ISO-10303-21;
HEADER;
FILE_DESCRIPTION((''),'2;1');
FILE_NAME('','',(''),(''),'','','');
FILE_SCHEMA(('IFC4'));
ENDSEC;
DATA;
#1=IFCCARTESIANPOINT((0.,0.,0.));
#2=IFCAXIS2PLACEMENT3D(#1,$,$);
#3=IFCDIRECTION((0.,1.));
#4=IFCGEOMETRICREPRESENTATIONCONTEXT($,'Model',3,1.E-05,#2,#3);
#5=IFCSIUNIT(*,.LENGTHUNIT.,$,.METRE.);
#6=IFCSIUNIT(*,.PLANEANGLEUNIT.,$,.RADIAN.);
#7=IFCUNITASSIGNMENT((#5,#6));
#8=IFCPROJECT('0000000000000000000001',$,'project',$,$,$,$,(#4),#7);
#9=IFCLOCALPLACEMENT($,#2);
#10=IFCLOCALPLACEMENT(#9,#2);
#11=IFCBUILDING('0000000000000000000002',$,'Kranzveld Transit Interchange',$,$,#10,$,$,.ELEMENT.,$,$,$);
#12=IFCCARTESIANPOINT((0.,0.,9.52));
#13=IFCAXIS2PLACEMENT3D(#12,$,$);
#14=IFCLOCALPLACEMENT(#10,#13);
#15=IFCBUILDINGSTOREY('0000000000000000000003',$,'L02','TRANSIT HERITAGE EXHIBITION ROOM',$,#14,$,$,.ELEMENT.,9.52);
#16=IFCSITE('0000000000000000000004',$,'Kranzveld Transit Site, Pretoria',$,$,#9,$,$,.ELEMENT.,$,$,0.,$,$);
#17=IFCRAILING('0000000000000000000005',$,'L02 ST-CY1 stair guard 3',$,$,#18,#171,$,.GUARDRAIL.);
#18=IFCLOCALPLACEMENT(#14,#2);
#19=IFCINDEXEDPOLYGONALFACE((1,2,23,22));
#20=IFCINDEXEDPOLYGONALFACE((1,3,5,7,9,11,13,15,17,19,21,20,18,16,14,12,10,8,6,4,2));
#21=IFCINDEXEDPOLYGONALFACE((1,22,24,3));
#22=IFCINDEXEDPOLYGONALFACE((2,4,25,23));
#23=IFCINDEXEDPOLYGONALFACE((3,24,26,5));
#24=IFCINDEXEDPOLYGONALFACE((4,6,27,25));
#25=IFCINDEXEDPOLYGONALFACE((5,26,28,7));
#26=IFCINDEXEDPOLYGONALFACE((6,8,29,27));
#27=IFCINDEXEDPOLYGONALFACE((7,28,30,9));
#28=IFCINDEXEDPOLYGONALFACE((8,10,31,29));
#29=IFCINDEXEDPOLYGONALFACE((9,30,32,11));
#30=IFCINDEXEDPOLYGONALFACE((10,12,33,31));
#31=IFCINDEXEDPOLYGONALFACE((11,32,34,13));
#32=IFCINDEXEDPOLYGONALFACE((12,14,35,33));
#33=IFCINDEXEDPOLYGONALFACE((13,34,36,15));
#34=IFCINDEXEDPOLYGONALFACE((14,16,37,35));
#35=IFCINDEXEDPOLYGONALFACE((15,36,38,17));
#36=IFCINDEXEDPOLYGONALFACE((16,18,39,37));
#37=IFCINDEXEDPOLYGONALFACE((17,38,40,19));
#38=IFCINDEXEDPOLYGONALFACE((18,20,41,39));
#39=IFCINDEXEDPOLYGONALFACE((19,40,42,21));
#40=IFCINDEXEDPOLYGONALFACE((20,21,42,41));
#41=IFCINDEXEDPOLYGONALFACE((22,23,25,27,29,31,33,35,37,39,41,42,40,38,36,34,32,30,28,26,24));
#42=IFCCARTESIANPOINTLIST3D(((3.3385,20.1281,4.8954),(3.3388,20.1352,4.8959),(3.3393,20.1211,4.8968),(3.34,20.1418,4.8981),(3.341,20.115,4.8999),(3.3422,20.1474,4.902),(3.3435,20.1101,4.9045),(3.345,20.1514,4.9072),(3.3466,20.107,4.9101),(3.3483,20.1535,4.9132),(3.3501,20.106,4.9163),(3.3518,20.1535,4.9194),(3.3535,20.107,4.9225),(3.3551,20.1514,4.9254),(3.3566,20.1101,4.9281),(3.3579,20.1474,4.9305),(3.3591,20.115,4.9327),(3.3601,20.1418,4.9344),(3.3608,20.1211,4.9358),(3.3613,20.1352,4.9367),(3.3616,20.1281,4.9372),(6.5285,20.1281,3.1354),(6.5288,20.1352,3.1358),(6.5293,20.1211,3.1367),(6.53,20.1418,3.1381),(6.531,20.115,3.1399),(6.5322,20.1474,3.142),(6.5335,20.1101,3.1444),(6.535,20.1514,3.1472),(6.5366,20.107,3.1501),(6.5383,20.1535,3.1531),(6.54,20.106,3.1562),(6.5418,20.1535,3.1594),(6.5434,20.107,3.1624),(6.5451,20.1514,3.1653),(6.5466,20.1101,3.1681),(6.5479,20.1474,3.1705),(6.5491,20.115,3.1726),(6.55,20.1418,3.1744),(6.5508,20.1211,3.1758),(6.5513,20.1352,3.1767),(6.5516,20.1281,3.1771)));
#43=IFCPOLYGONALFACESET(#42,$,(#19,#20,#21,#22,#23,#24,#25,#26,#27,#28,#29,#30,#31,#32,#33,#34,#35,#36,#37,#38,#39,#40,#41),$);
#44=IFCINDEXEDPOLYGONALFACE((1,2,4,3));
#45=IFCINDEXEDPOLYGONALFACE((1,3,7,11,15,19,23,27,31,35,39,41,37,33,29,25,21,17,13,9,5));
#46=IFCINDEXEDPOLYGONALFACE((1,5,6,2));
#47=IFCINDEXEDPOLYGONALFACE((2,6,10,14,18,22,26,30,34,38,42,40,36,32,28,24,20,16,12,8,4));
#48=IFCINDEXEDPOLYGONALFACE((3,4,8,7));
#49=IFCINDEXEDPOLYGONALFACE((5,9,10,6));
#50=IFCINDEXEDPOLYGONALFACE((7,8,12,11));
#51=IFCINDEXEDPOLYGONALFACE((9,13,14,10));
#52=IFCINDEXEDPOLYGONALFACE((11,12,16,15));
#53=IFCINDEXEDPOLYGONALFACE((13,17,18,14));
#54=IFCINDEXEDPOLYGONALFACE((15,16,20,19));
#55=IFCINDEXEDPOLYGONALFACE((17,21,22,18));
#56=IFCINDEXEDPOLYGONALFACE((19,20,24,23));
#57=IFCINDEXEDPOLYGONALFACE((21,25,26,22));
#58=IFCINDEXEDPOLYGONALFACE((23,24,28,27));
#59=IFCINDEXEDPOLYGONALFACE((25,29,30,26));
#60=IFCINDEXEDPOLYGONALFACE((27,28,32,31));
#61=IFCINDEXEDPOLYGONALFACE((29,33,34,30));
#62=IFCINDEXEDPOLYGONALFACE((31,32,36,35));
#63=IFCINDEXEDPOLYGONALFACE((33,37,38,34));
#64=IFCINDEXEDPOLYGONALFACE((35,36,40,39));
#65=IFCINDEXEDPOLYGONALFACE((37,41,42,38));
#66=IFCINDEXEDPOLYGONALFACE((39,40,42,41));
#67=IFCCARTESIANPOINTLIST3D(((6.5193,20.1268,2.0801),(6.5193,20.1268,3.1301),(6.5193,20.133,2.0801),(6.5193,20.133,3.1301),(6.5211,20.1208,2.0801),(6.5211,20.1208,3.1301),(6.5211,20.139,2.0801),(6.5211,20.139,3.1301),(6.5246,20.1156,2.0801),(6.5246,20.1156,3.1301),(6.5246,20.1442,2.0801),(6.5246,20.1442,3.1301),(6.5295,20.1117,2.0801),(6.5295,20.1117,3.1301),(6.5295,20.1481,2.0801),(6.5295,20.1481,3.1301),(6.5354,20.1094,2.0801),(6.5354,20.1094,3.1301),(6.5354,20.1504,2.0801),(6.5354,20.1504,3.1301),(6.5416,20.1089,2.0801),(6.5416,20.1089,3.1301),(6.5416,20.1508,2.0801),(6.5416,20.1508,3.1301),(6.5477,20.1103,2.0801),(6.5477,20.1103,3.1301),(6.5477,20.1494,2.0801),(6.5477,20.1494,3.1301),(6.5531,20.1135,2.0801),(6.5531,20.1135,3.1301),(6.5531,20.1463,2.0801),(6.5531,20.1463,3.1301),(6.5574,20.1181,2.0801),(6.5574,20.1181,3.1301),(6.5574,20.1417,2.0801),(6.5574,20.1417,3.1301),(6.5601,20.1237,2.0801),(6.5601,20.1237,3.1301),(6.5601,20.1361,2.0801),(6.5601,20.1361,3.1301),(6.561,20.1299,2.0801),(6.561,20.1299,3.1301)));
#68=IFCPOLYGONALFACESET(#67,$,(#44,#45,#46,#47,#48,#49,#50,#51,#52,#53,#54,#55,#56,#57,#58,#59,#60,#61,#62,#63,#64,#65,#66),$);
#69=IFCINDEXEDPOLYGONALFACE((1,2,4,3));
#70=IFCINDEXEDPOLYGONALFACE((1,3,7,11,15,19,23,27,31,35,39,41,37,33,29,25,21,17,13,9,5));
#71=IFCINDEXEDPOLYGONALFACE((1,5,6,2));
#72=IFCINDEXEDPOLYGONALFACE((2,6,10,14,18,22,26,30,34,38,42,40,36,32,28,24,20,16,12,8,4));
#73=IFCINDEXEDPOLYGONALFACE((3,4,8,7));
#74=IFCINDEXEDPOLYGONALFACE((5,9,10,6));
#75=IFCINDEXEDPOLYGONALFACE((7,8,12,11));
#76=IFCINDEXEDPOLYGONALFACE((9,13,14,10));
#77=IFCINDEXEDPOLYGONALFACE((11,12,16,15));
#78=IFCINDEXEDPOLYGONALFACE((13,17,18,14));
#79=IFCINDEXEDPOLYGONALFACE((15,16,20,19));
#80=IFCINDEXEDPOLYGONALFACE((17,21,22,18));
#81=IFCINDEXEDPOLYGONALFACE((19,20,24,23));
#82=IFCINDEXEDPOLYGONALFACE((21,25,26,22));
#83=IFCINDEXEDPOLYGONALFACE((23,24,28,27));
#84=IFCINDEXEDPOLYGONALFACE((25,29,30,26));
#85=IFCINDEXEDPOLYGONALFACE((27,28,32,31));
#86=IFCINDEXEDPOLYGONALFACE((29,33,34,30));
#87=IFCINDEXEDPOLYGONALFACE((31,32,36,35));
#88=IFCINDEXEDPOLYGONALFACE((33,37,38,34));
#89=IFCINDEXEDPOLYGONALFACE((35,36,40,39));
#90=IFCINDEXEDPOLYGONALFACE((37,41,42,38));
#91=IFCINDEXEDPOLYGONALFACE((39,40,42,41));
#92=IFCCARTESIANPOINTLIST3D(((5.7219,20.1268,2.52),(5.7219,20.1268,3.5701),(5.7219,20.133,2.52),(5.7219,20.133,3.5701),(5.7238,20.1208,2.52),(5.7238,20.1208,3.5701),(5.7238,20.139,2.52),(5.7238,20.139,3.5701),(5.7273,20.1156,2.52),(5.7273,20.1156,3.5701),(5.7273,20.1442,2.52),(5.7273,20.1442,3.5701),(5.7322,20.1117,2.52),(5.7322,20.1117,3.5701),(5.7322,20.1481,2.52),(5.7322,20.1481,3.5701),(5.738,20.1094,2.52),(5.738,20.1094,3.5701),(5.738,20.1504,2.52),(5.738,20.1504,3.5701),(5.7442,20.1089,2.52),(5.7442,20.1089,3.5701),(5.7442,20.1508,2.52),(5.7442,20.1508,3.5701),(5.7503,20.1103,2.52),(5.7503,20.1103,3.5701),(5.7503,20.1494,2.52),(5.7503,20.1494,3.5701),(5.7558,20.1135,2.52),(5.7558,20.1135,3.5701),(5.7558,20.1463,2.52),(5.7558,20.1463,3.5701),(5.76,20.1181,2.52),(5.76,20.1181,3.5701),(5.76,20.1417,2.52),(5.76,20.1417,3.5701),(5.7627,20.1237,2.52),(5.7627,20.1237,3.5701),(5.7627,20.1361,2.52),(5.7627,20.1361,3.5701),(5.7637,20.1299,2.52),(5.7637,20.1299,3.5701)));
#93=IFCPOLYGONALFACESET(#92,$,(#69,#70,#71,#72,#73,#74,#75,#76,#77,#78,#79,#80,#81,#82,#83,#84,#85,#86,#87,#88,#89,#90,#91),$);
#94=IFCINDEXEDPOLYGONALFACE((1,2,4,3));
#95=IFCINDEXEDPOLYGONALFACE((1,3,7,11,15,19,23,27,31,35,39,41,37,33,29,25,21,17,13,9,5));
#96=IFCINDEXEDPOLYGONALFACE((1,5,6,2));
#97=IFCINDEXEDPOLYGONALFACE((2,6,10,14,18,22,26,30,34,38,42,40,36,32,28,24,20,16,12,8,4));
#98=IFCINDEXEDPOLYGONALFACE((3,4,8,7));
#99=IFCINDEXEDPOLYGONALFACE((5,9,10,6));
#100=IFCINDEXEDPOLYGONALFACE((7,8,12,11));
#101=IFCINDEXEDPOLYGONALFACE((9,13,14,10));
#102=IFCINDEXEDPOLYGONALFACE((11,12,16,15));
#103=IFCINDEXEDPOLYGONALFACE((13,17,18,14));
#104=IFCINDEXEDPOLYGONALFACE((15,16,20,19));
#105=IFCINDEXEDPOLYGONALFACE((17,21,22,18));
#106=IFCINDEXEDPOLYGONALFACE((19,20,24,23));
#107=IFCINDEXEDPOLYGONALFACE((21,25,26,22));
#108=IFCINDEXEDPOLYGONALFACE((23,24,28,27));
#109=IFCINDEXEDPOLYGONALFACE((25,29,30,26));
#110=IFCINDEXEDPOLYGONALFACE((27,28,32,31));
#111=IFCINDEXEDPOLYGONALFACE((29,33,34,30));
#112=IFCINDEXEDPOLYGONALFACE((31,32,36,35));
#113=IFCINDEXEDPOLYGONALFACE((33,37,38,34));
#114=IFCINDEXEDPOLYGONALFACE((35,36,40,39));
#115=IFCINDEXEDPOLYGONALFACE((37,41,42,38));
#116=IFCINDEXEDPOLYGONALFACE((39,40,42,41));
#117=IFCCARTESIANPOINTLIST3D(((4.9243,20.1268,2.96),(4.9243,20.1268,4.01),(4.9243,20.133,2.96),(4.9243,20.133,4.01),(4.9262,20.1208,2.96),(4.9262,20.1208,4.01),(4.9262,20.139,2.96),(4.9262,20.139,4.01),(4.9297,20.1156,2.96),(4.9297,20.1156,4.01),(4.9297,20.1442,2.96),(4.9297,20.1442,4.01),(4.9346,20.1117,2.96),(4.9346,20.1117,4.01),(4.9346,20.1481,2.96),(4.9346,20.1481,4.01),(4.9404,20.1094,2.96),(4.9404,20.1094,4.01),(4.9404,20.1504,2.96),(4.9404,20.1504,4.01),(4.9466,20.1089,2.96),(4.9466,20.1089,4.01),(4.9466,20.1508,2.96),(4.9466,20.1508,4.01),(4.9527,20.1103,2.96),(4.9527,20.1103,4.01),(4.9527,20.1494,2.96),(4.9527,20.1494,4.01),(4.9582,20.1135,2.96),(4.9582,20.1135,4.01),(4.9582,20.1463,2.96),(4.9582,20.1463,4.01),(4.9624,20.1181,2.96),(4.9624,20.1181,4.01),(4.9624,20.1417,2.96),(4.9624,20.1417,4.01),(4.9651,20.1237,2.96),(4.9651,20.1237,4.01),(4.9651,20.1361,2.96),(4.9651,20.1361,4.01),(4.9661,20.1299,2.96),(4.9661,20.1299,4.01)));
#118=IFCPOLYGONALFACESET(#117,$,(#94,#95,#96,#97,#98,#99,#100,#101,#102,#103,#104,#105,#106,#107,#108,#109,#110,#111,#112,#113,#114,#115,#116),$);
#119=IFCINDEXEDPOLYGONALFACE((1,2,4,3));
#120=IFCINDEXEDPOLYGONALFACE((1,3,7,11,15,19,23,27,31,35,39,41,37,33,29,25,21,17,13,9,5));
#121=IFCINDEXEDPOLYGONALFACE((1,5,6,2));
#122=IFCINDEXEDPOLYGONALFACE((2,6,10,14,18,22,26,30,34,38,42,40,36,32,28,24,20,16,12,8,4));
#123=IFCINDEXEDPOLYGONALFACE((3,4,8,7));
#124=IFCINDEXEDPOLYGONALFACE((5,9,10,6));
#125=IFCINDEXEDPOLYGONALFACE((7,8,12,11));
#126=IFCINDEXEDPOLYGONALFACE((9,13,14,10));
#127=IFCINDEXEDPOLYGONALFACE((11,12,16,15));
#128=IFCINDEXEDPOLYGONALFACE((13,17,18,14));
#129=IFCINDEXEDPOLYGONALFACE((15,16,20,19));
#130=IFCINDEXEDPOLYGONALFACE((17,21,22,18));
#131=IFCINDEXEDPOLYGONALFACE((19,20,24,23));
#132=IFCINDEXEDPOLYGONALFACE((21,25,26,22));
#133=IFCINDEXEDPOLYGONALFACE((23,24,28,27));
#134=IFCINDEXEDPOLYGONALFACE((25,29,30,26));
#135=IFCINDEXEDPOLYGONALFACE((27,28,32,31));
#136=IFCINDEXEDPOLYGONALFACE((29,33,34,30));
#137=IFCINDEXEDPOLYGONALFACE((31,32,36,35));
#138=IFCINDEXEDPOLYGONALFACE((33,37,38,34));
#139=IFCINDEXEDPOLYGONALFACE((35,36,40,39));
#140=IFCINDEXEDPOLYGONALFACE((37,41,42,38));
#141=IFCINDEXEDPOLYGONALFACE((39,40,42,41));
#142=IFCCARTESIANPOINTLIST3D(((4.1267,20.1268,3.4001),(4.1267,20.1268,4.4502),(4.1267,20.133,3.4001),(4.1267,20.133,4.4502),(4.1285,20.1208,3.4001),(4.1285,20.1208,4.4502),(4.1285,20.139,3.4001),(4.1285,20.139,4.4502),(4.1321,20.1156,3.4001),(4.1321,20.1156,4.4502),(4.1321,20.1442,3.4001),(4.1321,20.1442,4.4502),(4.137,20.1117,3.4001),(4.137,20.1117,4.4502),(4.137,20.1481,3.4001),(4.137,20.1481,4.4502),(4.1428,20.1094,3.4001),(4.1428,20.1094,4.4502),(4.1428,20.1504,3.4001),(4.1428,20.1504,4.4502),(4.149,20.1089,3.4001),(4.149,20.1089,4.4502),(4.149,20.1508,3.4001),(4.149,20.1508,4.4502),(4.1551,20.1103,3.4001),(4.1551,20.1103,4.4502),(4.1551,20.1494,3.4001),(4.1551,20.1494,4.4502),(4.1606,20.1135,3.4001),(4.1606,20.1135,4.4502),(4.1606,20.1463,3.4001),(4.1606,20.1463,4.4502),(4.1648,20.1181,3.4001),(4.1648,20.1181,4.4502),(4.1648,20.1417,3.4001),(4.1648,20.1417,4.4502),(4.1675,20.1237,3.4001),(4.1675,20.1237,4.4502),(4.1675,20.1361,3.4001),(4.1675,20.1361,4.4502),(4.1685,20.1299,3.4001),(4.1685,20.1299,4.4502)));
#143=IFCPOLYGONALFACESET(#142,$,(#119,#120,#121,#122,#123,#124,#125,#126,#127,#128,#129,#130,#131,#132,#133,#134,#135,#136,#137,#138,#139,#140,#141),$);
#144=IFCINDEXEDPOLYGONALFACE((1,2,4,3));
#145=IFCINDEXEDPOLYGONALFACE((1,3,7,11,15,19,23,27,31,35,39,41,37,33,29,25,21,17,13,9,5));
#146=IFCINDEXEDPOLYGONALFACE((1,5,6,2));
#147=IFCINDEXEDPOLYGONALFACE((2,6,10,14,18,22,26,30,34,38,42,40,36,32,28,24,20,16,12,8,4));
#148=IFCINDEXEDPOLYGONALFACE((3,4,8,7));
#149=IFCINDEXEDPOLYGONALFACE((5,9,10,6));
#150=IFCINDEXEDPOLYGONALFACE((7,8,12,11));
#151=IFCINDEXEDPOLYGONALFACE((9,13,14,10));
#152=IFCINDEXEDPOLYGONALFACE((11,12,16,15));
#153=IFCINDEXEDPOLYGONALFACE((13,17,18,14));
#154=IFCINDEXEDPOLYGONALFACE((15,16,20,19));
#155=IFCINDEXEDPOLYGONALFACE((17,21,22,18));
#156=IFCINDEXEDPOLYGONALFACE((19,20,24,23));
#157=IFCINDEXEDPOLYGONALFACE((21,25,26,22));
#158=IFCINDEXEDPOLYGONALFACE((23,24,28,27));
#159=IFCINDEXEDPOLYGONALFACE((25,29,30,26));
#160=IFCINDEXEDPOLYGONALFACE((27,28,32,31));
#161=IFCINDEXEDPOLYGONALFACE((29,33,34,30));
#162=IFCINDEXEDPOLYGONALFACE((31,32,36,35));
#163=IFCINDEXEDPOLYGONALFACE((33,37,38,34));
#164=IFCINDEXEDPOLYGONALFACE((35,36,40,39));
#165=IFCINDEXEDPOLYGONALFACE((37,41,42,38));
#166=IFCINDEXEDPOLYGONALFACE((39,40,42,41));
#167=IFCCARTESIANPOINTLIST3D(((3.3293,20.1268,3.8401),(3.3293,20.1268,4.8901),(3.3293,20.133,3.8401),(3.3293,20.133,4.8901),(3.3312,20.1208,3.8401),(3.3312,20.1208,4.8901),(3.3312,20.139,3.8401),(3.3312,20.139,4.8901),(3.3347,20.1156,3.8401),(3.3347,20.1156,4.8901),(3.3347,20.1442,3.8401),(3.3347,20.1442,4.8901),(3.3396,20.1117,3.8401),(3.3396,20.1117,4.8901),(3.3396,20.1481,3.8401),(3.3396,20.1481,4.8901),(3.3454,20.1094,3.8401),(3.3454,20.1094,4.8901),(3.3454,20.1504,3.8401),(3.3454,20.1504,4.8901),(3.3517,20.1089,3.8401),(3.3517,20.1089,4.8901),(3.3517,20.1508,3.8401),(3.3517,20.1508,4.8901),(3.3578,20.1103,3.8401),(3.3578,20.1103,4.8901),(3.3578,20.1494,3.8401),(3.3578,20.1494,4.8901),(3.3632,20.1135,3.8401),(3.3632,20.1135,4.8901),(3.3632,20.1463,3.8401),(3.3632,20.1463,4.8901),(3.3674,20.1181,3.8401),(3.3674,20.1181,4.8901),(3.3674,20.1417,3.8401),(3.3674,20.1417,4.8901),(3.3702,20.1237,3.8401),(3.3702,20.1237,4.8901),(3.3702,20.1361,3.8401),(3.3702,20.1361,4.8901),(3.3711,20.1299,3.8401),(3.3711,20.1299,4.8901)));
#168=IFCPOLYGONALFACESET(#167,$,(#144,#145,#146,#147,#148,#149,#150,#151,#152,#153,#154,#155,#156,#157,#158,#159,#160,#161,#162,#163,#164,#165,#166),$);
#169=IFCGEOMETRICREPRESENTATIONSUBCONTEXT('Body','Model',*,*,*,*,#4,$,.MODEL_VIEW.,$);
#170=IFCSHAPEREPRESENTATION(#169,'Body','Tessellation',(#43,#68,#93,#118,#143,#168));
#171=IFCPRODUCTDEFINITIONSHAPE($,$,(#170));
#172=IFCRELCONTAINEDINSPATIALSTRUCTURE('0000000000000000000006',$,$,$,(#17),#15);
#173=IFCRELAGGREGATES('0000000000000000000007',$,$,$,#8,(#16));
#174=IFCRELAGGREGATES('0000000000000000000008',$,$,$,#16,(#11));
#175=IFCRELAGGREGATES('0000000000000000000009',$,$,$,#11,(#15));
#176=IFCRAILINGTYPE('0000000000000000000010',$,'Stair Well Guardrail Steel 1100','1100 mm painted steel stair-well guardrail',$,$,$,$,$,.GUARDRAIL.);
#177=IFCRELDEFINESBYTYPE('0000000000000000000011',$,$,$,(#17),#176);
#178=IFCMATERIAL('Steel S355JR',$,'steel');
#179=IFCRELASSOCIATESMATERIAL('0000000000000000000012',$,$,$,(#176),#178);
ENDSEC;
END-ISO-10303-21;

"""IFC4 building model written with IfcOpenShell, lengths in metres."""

from ifc_helpers import new_model, si_unit, direction, frame, origin, origin_2d, place, context, subcontext, project, spatial, circle, extrude, material, type_object, element, save


model = new_model("IFC4")

# Units and contexts
model_context = context("Model", 3, precision=1e-05, world=origin(), true_north=direction((0.0, 1.0)))
body_context = subcontext(model_context, "Body", "Model", "MODEL_VIEW")
ifc_project = project(units=[si_unit("LENGTHUNIT", "METRE"), si_unit("PLANEANGLEUNIT", "RADIAN")], contexts=[model_context])

# Site, building, storey
site_placement = place(None, origin())
site = spatial("IfcSite", under=ifc_project, at=site_placement, Name="Kranzveld Transit Site, Pretoria", CompositionType="ELEMENT", RefElevation=0.0)
building_placement = place(site_placement, origin())
building = spatial("IfcBuilding", under=site, at=building_placement, Name="Kranzveld Transit Interchange", CompositionType="ELEMENT")
storey_placement = place(building_placement, frame((0.0, 0.0, 9.52)))
storey = spatial("IfcBuildingStorey", under=building, at=storey_placement, Name="L02", Description="TRANSIT HERITAGE EXHIBITION ROOM", CompositionType="ELEMENT", Elevation=9.52)

# Railing
ifc_material_1 = material(Name="Steel S355JR", Category="steel")
railing_type_1 = type_object("IfcRailingType", Name="Stair Well Guardrail Steel 1100", Description="1100 mm painted steel stair-well guardrail", PredefinedType="GUARDRAIL", material=ifc_material_1)
railing_1_placement = place(storey_placement, frame((6.54, 20.1299, 2.0801)))
element("IfcRailing", 1, at=railing_1_placement, inside=storey, type_object=railing_type_1, Name="L02 ST-CY1 stair guard 3", PredefinedType="GUARDRAIL", context=body_context, shape_type="SweptSolid", body=[
    extrude(circle(Radius=0.0239, at=origin_2d()), frame((0.0, 0.0, 1.0762), z_axis=(-0.875573, 0.0, 0.483086), x_axis=(0.0, -1.0, 0.0)), (0.0, 0.0, 1.0), 3.6433),
    extrude(circle(Radius=0.021, at=origin_2d()), origin(), (0.0, 0.0, 1.0), 1.05),
    extrude(circle(Radius=0.021, at=origin_2d()), frame((-0.7974, 0.0, 0.4399)), (0.0, 0.0, 1.0), 1.05),
    extrude(circle(Radius=0.021, at=origin_2d()), frame((-1.595, 0.0, 0.8799)), (0.0, 0.0, 1.0), 1.05),
    extrude(circle(Radius=0.021, at=origin_2d()), frame((-2.3926, 0.0, 1.3201)), (0.0, 0.0, 1.0), 1.05),
    extrude(circle(Radius=0.021, at=origin_2d()), frame((-3.1899, 0.0, 1.76)), (0.0, 0.0, 1.0), 1.05),
])

save(model, "model.ifc")
